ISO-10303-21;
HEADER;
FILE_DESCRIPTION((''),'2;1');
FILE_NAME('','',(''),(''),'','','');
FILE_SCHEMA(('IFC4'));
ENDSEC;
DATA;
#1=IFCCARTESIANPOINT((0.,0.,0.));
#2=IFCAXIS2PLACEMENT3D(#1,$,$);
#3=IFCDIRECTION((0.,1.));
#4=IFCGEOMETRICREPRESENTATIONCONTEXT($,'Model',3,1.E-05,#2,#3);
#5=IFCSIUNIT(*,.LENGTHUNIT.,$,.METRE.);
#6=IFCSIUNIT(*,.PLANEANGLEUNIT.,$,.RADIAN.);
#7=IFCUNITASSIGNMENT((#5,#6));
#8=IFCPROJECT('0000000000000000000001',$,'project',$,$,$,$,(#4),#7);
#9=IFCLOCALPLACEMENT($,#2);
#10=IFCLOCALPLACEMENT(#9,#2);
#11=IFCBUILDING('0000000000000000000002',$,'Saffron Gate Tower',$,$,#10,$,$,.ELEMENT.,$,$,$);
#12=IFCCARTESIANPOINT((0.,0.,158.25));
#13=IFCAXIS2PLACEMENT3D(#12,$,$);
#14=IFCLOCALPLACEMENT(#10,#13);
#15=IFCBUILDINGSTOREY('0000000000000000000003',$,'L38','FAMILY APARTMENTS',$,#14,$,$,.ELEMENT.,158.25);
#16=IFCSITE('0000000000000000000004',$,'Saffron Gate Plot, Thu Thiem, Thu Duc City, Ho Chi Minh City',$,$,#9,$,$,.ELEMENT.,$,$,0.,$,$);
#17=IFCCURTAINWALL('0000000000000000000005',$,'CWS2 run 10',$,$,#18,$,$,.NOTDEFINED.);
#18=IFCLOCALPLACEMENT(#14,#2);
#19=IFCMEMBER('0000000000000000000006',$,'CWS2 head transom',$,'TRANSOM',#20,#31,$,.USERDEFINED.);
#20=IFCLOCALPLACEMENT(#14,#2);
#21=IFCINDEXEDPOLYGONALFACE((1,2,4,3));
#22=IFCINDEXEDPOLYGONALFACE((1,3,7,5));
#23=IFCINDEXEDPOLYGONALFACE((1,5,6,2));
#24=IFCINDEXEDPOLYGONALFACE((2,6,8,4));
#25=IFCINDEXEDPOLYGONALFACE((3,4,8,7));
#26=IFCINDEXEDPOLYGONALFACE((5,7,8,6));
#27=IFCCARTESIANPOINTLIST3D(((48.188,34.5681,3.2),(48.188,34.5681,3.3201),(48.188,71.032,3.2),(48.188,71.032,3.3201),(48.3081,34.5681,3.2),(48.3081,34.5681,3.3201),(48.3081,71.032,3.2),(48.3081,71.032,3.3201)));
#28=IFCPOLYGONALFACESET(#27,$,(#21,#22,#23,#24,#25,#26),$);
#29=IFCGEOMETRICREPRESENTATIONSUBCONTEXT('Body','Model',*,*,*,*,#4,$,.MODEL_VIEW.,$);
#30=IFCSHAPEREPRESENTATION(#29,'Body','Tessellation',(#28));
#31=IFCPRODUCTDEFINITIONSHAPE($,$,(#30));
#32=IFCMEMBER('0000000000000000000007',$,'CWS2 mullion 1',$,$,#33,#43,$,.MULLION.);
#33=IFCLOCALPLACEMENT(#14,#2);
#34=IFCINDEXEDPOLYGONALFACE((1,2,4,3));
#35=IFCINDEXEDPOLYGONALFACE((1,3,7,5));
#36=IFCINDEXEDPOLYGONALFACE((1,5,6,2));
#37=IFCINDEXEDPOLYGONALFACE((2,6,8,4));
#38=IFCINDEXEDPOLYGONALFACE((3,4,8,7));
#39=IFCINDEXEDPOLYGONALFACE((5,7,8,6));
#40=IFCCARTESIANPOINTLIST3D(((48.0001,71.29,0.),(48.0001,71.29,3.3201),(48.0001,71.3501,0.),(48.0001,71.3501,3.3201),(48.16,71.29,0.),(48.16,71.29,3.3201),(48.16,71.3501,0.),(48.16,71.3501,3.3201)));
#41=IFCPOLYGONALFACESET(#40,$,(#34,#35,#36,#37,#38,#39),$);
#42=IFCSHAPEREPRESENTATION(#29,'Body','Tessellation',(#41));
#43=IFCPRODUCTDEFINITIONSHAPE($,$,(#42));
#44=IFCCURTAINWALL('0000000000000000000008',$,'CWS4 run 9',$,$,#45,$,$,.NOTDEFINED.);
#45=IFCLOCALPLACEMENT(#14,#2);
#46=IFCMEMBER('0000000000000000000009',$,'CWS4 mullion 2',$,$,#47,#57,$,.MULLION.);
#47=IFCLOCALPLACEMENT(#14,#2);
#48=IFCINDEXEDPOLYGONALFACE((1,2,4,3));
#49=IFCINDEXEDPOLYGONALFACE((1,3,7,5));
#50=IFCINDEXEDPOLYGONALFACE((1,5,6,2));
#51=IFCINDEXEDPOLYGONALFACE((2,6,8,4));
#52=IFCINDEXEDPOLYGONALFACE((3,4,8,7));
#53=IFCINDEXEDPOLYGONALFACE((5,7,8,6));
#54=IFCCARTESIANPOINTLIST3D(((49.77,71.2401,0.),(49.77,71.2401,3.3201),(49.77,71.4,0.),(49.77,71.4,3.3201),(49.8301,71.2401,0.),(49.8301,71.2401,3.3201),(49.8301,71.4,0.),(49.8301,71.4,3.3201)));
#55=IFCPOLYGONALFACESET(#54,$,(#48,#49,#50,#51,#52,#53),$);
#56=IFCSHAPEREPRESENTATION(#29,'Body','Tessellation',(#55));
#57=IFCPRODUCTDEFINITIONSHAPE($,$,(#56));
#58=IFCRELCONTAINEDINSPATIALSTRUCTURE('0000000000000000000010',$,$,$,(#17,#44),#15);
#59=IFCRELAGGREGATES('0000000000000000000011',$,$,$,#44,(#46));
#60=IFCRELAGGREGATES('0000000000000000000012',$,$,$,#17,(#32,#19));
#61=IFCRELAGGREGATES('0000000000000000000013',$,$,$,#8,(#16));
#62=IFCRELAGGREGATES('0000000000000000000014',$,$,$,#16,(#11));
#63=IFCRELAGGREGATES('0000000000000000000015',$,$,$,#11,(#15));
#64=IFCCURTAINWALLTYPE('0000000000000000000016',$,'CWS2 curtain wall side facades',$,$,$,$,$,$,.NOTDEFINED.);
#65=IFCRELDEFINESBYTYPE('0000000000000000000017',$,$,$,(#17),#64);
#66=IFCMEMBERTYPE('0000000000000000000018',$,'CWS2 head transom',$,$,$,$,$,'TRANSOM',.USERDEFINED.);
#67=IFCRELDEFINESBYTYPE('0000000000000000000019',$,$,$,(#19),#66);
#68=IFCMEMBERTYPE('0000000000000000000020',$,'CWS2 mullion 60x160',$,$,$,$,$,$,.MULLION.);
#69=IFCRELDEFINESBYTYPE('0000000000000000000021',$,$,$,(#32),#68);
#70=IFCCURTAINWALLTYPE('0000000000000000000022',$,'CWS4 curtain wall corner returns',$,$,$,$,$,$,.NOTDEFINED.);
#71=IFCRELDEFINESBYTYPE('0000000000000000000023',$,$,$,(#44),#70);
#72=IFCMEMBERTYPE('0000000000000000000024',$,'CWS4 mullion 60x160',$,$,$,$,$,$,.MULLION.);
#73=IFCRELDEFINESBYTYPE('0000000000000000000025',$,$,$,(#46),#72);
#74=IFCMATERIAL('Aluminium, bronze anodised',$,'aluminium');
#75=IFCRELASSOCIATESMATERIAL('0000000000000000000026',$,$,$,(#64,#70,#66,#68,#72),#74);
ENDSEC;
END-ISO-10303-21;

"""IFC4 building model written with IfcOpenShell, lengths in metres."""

from ifc_helpers import new_model, si_unit, direction, frame, origin, origin_2d, place, context, subcontext, project, spatial, rectangle, extrude, material, material_profile, profile_set, type_object, element, aggregate, save


model = new_model("IFC4")

# Units and contexts
model_context = context("Model", 3, precision=1e-05, world=origin(), true_north=direction((0.0, 1.0)))
body_context = subcontext(model_context, "Body", "Model", "MODEL_VIEW")
ifc_project = project(units=[si_unit("LENGTHUNIT", "METRE"), si_unit("PLANEANGLEUNIT", "RADIAN")], contexts=[model_context])

# Site, building, storey
site_placement = place(None, origin())
site = spatial("IfcSite", under=ifc_project, at=site_placement, Name="Saffron Gate Plot, Thu Thiem, Thu Duc City, Ho Chi Minh City", CompositionType="ELEMENT", RefElevation=0.0)
building_placement = place(site_placement, origin())
building = spatial("IfcBuilding", under=site, at=building_placement, Name="Saffron Gate Tower", CompositionType="ELEMENT")
storey_placement = place(building_placement, frame((0.0, 0.0, 158.25)))
storey = spatial("IfcBuildingStorey", under=building, at=storey_placement, Name="L38", Description="FAMILY APARTMENTS", CompositionType="ELEMENT", Elevation=158.25)

# Curtain wall, members
ifc_material_1 = material(Name="Aluminium, bronze anodised", Category="aluminium")
curtain_wall_type_1 = type_object("IfcCurtainWallType", Name="CWS2 curtain wall side facades", PredefinedType="NOTDEFINED", material=ifc_material_1)
curtain_wall_1_placement = place(storey_placement, origin())
curtain_wall_1 = element("IfcCurtainWall", 1, at=curtain_wall_1_placement, inside=storey, type_object=curtain_wall_type_1, Name="CWS2 run 10", PredefinedType="NOTDEFINED")
ifc_material_profile_1 = material_profile(ifc_material_1, rectangle(XDim=0.1201, YDim=0.1201, at=origin_2d()))
ifc_profile_set_1 = profile_set([ifc_material_profile_1], Name="Aluminium, bronze anodised")
member_type_1 = type_object("IfcMemberType", Name="CWS2 head transom", ElementType="TRANSOM", PredefinedType="USERDEFINED", material=ifc_profile_set_1)
member_1_placement = place(storey_placement, frame((48.248, 71.032, 3.26), z_axis=(0.0, -1.0, 0.0), x_axis=(1.0, 0.0, 0.0)))
member_1 = element("IfcMember", 2, at=member_1_placement, type_object=member_type_1, Name="CWS2 head transom", ObjectType="TRANSOM", PredefinedType="USERDEFINED", context=body_context, shape_type="SweptSolid", body=[
    extrude(rectangle(XDim=0.1201, YDim=0.1201, at=origin_2d()), origin(), (0.0, 0.0, 1.0), 36.4639),
])
ifc_material_profile_2 = material_profile(ifc_material_1, rectangle(XDim=0.1599, YDim=0.0601, at=origin_2d()))
ifc_profile_set_2 = profile_set([ifc_material_profile_2], Name="Aluminium, bronze anodised")
member_type_2 = type_object("IfcMemberType", Name="CWS2 mullion 60x160", PredefinedType="MULLION", material=ifc_profile_set_2)
member_2_placement = place(storey_placement, frame((48.0801, 71.3201, 0.0), z_axis=(0.0, 0.0, 1.0), x_axis=(1.0, 0.0, 0.0)))
member_2 = element("IfcMember", 3, at=member_2_placement, type_object=member_type_2, Name="CWS2 mullion 1", PredefinedType="MULLION", context=body_context, shape_type="SweptSolid", body=[
    extrude(rectangle(XDim=0.1599, YDim=0.0601, at=origin_2d()), origin(), (0.0, 0.0, 1.0), 3.3201),
])

# Curtain wall, member
curtain_wall_type_2 = type_object("IfcCurtainWallType", Name="CWS4 curtain wall corner returns", PredefinedType="NOTDEFINED", material=ifc_material_1)
curtain_wall_2_placement = place(storey_placement, origin())
curtain_wall_2 = element("IfcCurtainWall", 4, at=curtain_wall_2_placement, inside=storey, type_object=curtain_wall_type_2, Name="CWS4 run 9", PredefinedType="NOTDEFINED")
ifc_material_profile_3 = material_profile(ifc_material_1, rectangle(XDim=0.1599, YDim=0.0601, at=origin_2d()))
ifc_profile_set_3 = profile_set([ifc_material_profile_3], Name="Aluminium, bronze anodised")
member_type_3 = type_object("IfcMemberType", Name="CWS4 mullion 60x160", PredefinedType="MULLION", material=ifc_profile_set_3)
member_3_placement = place(storey_placement, frame((49.8, 71.3201, 0.0), z_axis=(0.0, 0.0, 1.0), x_axis=(0.0, -1.0, 0.0)))
member_3 = element("IfcMember", 5, at=member_3_placement, type_object=member_type_3, Name="CWS4 mullion 2", PredefinedType="MULLION", context=body_context, shape_type="SweptSolid", body=[
    extrude(rectangle(XDim=0.1599, YDim=0.0601, at=origin_2d()), origin(), (0.0, 0.0, 1.0), 3.3201),
])
aggregate(curtain_wall_2, [member_3])

aggregate(curtain_wall_1, [member_2, member_1])

save(model, "model.ifc")
